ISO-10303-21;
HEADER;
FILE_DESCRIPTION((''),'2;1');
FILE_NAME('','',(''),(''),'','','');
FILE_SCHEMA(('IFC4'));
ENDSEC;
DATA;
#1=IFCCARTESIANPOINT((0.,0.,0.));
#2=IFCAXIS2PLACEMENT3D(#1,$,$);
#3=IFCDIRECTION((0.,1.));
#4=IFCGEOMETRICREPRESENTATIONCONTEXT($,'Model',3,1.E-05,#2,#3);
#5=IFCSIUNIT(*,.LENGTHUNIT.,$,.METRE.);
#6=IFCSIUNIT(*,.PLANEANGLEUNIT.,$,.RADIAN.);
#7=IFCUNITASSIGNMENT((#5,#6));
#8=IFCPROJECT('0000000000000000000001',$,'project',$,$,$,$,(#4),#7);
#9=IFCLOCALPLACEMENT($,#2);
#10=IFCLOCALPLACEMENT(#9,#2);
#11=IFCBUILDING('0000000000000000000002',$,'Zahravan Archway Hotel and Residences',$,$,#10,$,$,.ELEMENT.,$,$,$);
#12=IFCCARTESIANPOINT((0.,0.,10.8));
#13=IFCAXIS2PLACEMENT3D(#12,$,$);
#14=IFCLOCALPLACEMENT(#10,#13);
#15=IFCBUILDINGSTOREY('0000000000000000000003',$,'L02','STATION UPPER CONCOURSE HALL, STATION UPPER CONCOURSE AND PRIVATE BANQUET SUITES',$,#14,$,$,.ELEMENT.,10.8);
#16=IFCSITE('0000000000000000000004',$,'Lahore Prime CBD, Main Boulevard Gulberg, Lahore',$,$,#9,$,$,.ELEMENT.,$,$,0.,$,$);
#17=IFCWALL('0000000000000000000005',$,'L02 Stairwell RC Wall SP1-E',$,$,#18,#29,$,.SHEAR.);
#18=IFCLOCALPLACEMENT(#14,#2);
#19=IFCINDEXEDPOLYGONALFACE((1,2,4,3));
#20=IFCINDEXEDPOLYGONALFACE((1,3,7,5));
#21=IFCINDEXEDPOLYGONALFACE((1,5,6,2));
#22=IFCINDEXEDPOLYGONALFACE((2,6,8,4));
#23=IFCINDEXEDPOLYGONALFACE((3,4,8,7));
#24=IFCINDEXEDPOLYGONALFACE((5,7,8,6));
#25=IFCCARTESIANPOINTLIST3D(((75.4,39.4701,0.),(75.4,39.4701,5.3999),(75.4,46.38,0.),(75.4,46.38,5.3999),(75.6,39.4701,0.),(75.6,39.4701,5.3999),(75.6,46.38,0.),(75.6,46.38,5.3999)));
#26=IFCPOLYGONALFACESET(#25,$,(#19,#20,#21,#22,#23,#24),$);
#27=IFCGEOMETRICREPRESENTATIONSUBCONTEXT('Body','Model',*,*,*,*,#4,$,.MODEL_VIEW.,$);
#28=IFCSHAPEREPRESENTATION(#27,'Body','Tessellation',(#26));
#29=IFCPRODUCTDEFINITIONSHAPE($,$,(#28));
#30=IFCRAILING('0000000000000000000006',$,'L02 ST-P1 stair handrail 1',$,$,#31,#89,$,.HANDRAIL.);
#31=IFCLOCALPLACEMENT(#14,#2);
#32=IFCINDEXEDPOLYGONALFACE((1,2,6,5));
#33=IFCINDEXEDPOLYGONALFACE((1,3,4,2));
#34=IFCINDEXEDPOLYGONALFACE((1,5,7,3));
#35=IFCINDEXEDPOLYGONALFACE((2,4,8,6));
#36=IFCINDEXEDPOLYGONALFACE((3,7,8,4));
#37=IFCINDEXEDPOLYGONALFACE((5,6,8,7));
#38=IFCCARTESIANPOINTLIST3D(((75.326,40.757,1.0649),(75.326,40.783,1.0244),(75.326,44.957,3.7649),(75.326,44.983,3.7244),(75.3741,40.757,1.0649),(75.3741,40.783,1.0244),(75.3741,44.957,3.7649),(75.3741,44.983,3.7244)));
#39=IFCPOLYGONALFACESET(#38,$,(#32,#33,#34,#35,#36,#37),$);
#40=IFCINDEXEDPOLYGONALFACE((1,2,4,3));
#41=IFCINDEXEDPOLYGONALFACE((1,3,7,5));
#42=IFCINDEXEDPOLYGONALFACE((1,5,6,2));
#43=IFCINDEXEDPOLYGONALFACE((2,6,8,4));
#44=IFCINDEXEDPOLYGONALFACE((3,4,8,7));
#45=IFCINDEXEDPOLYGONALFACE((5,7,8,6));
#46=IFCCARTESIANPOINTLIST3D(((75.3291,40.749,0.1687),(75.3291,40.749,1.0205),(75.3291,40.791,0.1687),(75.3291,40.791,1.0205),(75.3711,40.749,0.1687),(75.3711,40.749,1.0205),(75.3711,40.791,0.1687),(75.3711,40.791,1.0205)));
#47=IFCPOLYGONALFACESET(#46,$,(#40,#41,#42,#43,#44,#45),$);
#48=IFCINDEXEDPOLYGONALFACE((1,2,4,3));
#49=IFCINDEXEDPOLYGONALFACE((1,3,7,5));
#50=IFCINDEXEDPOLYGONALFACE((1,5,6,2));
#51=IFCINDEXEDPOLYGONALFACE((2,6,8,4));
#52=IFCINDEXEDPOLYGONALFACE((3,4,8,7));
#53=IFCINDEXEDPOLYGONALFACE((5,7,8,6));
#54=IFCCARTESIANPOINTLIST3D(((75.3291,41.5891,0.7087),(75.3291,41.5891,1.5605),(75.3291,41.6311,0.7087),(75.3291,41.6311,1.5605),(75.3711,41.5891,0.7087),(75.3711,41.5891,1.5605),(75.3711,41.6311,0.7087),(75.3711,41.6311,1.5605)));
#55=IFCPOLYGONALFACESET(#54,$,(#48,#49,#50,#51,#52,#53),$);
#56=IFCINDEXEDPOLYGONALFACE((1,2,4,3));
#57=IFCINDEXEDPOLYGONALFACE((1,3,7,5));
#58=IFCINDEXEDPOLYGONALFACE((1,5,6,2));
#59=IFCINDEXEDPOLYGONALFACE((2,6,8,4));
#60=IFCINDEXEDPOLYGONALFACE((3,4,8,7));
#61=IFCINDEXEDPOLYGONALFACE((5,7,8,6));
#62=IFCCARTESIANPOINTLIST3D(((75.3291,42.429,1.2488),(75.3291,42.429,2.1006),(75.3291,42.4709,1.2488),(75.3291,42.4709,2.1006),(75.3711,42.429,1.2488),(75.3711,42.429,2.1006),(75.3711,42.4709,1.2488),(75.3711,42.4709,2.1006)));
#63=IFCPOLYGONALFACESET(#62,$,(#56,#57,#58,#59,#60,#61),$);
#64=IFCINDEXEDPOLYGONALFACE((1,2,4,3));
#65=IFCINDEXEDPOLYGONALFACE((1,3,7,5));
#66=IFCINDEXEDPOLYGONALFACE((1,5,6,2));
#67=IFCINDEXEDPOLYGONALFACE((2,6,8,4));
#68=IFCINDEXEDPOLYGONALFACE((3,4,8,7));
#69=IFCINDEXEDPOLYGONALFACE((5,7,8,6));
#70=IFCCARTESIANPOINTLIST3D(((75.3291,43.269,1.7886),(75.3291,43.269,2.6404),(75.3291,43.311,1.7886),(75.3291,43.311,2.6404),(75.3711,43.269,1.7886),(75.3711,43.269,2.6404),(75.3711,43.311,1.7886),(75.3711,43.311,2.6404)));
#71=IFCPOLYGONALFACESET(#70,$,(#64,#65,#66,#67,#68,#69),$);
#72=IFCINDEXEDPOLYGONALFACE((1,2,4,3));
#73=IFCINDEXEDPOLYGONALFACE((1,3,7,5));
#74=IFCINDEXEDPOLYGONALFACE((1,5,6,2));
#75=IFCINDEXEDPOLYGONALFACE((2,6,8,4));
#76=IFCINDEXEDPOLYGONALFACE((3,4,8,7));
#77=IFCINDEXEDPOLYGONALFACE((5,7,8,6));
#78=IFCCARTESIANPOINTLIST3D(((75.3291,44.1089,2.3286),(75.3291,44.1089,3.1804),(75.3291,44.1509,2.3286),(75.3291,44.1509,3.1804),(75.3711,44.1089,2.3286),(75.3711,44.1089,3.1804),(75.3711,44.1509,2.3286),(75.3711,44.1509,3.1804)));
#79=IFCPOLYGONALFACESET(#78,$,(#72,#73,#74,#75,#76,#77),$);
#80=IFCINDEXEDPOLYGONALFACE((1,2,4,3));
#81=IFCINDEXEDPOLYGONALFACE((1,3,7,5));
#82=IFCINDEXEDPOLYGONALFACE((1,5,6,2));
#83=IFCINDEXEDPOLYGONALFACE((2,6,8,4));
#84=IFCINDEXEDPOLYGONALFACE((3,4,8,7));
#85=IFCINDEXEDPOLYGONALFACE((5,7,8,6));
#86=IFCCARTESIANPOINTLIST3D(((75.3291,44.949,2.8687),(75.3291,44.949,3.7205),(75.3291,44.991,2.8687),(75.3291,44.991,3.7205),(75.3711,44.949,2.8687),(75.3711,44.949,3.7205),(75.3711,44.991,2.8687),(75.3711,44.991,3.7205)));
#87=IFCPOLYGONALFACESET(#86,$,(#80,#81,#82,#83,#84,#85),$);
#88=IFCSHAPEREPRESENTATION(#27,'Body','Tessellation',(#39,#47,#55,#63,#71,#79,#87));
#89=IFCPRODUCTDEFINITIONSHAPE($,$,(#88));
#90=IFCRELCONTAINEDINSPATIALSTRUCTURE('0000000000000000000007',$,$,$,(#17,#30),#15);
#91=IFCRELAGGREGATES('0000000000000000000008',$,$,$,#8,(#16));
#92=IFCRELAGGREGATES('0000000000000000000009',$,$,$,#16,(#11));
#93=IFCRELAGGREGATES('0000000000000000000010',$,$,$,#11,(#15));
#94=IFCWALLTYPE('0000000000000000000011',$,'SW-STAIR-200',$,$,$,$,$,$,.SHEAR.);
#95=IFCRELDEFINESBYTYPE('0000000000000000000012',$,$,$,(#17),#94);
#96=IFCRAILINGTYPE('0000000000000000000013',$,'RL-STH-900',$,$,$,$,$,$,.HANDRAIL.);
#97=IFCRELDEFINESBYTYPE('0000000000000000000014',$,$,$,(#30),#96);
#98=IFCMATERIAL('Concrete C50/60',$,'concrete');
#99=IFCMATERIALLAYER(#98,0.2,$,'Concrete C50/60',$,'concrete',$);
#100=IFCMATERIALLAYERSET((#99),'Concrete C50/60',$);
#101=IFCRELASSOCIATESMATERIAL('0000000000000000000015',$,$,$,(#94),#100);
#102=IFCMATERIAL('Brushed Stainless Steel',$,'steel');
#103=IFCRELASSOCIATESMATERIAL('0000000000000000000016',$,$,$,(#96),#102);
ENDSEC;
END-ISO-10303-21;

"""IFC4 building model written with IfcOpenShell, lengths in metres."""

from ifc_helpers import new_model, si_unit, direction, frame, frame_2d, origin, origin_2d, place, context, subcontext, project, spatial, rectangle, extrude, material, layer, layer_set, type_object, element, save


model = new_model("IFC4")

# Units and contexts
model_context = context("Model", 3, precision=1e-05, world=origin(), true_north=direction((0.0, 1.0)))
body_context = subcontext(model_context, "Body", "Model", "MODEL_VIEW")
ifc_project = project(units=[si_unit("LENGTHUNIT", "METRE"), si_unit("PLANEANGLEUNIT", "RADIAN")], contexts=[model_context])

# Site, building, storey
site_placement = place(None, origin())
site = spatial("IfcSite", under=ifc_project, at=site_placement, Name="Lahore Prime CBD, Main Boulevard Gulberg, Lahore", CompositionType="ELEMENT", RefElevation=0.0)
building_placement = place(site_placement, origin())
building = spatial("IfcBuilding", under=site, at=building_placement, Name="Zahravan Archway Hotel and Residences", CompositionType="ELEMENT")
storey_placement = place(building_placement, frame((0.0, 0.0, 10.8)))
storey = spatial("IfcBuildingStorey", under=building, at=storey_placement, Name="L02", Description="STATION UPPER CONCOURSE HALL, STATION UPPER CONCOURSE AND PRIVATE BANQUET SUITES", CompositionType="ELEMENT", Elevation=10.8)

# Wall
ifc_material_1 = material(Name="Concrete C50/60", Category="concrete")
ifc_layer = layer(ifc_material_1, 0.2, Name="Concrete C50/60", Category="concrete")
ifc_layer_set = layer_set([ifc_layer], Name="Concrete C50/60")
wall_type = type_object("IfcWallType", Name="SW-STAIR-200", PredefinedType="SHEAR", material=ifc_layer_set)
wall_placement = place(storey_placement, frame((75.5, 39.47, 0.0), z_axis=(0.0, 0.0, 1.0), x_axis=(0.0, 1.0, 0.0)))
element("IfcWall", 1, at=wall_placement, inside=storey, type_object=wall_type, Name="L02 Stairwell RC Wall SP1-E", PredefinedType="SHEAR", context=body_context, shape_type="SweptSolid", body=[
    extrude(rectangle(XDim=6.9099, YDim=0.2, at=frame_2d((3.4551, 0.0))), origin(), (0.0, 0.0, 1.0), 5.3999),
])

# Railing
ifc_material_2 = material(Name="Brushed Stainless Steel", Category="steel")
railing_type = type_object("IfcRailingType", Name="RL-STH-900", PredefinedType="HANDRAIL", material=ifc_material_2)
railing_placement = place(storey_placement, frame((75.3501, 40.77, 0.1687)))
element("IfcRailing", 2, at=railing_placement, inside=storey, type_object=railing_type, Name="L02 ST-P1 stair handrail 1", PredefinedType="HANDRAIL", context=body_context, shape_type="SweptSolid", body=[
    extrude(rectangle(XDim=0.0481, YDim=0.0481, at=origin_2d()), frame((0.0, 0.0, 0.876), z_axis=(0.0, 0.84118, 0.540755), x_axis=(-1.0, 0.0, 0.0)), (0.0, 0.0, 1.0), 4.9929),
    extrude(rectangle(XDim=0.042, YDim=0.042, at=origin_2d()), origin(), (0.0, 0.0, 1.0), 0.8518),
    extrude(rectangle(XDim=0.042, YDim=0.042, at=origin_2d()), frame((0.0, 0.8401, 0.54)), (0.0, 0.0, 1.0), 0.8518),
    extrude(rectangle(XDim=0.042, YDim=0.042, at=origin_2d()), frame((0.0, 1.6799, 1.0801)), (0.0, 0.0, 1.0), 0.8518),
    extrude(rectangle(XDim=0.042, YDim=0.042, at=origin_2d()), frame((0.0, 2.52, 1.6199)), (0.0, 0.0, 1.0), 0.8518),
    extrude(rectangle(XDim=0.042, YDim=0.042, at=origin_2d()), frame((0.0, 3.3599, 2.1599)), (0.0, 0.0, 1.0), 0.8518),
    extrude(rectangle(XDim=0.042, YDim=0.042, at=origin_2d()), frame((0.0, 4.2, 2.7)), (0.0, 0.0, 1.0), 0.8518),
])

save(model, "model.ifc")
